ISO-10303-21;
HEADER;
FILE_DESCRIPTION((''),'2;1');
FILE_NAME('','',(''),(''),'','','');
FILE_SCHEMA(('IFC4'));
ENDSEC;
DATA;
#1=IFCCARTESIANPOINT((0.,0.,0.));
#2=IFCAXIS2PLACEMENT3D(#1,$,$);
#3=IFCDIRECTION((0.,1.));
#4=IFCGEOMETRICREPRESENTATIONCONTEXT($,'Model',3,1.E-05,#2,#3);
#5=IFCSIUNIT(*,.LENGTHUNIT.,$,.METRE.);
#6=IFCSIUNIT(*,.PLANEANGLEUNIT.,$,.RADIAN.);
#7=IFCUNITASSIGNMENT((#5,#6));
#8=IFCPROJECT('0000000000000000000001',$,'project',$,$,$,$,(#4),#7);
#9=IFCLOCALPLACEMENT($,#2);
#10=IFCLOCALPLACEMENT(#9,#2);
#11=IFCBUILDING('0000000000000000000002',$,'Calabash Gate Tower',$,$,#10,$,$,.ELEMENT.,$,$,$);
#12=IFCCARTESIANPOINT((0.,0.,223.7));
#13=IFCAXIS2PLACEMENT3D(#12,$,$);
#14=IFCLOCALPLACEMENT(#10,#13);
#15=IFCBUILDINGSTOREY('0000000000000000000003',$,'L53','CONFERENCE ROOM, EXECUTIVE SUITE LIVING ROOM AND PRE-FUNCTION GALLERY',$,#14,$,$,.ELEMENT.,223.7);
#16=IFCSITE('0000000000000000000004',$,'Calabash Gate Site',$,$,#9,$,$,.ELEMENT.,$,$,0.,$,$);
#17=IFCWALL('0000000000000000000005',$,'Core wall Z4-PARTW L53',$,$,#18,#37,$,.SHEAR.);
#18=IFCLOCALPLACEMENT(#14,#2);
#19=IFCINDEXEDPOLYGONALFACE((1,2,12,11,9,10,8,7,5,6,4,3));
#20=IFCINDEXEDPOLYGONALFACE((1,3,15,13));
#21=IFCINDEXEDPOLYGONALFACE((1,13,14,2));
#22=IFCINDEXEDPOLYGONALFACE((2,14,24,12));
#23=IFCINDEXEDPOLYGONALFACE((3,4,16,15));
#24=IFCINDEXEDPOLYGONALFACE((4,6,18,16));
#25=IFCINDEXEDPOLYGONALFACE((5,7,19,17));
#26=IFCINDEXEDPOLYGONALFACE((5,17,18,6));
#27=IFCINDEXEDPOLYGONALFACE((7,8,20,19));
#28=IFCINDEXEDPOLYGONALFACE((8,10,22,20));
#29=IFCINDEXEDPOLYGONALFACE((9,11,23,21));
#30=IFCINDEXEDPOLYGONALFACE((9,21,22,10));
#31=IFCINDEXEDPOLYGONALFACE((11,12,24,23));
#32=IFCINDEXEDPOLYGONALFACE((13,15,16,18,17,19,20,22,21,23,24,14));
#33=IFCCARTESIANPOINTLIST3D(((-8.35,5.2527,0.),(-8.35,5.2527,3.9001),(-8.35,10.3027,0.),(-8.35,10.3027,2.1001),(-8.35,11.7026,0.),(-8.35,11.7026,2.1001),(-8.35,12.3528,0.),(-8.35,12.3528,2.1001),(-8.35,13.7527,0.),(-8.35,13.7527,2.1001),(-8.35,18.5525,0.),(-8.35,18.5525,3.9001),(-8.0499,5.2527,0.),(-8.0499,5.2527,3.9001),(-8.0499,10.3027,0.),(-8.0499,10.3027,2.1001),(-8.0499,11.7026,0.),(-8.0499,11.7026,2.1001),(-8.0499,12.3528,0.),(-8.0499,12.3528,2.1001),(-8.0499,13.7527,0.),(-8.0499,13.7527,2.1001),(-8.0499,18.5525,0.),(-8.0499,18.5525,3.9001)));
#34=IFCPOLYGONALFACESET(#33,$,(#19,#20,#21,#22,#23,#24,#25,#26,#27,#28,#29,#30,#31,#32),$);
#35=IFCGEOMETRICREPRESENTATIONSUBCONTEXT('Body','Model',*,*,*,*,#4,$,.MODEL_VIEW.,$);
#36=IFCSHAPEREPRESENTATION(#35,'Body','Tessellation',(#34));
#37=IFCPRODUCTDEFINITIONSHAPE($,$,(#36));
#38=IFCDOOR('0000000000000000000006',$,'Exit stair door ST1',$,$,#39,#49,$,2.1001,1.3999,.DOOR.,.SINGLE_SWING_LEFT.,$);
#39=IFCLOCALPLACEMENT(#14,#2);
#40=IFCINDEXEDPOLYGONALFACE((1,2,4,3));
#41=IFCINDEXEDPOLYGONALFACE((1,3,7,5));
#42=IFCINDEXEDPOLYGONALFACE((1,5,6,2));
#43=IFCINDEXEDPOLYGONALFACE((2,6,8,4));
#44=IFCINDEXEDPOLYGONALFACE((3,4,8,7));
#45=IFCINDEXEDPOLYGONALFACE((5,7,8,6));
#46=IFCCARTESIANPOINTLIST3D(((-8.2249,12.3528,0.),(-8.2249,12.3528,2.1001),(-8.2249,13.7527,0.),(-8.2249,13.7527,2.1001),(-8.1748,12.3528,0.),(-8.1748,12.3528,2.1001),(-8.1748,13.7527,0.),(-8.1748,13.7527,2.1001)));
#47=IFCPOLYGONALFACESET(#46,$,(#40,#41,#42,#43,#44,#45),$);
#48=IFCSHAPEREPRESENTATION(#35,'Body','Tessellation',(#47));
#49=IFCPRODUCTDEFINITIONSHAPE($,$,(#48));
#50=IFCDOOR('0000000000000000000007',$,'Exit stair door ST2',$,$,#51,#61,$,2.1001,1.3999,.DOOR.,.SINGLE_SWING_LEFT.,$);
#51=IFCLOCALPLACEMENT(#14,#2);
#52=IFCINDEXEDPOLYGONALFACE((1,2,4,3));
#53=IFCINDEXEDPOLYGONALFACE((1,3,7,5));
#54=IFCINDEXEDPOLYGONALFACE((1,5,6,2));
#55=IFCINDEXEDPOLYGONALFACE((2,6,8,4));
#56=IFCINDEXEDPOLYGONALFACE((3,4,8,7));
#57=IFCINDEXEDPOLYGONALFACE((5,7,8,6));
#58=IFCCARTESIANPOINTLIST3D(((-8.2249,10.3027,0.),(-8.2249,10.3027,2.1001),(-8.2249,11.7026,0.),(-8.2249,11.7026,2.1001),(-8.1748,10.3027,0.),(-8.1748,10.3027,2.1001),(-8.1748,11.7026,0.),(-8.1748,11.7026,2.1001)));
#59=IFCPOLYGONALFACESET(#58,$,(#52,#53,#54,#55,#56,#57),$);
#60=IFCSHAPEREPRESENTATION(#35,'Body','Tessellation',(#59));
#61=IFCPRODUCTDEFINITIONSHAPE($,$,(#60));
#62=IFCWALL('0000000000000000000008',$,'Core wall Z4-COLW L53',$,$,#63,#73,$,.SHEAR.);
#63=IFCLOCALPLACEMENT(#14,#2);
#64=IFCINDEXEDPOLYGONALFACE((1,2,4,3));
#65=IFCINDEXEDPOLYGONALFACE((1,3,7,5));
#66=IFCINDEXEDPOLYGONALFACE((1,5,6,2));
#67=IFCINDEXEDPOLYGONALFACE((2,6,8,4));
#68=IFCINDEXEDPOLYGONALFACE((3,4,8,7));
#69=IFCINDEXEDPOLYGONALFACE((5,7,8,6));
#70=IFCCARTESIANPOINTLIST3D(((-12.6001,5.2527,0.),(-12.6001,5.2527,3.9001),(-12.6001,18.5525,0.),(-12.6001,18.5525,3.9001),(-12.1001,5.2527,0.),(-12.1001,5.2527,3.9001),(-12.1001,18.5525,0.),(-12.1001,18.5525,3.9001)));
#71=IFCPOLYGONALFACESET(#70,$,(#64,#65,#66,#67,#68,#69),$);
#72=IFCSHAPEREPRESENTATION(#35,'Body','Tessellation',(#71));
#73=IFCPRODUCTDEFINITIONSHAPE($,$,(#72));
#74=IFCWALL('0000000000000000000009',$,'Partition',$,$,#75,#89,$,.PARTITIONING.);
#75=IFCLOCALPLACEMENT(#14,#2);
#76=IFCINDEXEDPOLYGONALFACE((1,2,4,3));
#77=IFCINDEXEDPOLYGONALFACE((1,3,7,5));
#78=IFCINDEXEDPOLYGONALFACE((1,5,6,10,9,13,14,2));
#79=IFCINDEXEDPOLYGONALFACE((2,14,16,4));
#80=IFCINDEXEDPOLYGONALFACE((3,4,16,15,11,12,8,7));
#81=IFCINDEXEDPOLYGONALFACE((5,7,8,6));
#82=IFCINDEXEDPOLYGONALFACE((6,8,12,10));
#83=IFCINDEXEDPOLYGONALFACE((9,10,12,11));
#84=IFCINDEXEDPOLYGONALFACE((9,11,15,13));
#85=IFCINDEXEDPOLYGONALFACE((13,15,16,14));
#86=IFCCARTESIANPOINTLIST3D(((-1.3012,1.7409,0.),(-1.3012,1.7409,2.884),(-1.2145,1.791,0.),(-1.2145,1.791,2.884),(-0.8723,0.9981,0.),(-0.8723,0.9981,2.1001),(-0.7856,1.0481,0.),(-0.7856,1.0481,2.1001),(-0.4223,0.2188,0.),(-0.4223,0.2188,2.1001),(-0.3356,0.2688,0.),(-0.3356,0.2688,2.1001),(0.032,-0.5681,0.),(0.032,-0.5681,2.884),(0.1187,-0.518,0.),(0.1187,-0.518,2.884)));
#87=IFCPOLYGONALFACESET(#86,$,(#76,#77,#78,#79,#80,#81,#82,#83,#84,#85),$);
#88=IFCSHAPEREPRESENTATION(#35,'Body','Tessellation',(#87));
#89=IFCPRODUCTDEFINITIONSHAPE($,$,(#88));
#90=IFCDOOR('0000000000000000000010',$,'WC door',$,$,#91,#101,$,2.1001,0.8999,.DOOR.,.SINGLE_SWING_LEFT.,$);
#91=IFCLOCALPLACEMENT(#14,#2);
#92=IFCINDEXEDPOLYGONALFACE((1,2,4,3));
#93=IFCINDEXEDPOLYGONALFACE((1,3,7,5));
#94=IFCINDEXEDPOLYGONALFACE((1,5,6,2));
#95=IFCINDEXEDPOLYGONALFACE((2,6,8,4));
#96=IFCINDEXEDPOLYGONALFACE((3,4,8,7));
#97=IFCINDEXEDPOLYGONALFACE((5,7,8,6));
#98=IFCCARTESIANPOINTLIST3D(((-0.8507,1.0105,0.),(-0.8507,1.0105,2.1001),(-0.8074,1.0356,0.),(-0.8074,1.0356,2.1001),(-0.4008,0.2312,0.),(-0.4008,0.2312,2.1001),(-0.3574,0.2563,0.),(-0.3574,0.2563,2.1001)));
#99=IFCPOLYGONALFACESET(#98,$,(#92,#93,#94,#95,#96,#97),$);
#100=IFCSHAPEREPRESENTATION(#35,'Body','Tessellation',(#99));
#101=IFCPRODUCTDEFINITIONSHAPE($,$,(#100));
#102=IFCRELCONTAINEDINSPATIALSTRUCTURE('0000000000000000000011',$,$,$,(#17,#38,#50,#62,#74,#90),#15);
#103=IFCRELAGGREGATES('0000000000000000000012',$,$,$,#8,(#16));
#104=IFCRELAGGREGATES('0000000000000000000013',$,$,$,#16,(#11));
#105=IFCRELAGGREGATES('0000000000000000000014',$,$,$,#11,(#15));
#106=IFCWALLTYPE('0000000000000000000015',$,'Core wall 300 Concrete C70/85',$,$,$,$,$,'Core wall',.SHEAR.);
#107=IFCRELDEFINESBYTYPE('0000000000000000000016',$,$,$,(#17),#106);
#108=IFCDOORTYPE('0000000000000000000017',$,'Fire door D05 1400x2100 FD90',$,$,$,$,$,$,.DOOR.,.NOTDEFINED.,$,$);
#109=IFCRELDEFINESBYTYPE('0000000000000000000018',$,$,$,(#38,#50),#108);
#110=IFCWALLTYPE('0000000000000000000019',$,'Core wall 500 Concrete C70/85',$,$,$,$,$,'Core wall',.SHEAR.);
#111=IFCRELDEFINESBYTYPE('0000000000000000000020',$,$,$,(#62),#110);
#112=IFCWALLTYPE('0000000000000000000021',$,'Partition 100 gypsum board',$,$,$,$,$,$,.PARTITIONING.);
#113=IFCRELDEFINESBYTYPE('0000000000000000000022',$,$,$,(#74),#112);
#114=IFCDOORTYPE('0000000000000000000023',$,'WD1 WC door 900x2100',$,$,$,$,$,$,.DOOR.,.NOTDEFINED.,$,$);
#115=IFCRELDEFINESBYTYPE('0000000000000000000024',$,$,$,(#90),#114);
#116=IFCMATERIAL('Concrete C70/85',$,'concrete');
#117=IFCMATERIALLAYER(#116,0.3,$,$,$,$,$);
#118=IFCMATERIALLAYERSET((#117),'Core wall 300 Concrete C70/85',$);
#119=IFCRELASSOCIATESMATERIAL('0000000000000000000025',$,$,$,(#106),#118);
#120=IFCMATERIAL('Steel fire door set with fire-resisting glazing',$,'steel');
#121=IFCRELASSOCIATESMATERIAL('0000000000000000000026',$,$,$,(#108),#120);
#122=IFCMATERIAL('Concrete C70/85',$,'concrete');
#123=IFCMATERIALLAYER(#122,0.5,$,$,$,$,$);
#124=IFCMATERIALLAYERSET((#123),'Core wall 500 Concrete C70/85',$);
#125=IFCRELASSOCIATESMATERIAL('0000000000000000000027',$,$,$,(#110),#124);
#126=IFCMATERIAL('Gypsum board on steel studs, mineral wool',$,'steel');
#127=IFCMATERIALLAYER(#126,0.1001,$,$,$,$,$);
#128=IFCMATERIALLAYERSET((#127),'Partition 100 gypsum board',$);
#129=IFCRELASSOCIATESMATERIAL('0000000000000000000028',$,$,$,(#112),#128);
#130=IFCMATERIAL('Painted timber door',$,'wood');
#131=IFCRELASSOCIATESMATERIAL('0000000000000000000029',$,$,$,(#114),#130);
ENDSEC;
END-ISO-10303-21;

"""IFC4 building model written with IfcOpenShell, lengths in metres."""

from ifc_helpers import new_model, si_unit, direction, frame, frame_2d, origin, place, context, subcontext, project, spatial, rectangle, extrude, material, layer, layer_set, type_object, element, fill, save


model = new_model("IFC4")

# Units and contexts
model_context = context("Model", 3, precision=1e-05, world=origin(), true_north=direction((0.0, 1.0)))
body_context = subcontext(model_context, "Body", "Model", "MODEL_VIEW")
ifc_project = project(units=[si_unit("LENGTHUNIT", "METRE"), si_unit("PLANEANGLEUNIT", "RADIAN")], contexts=[model_context])

# Site, building, storey
site_placement = place(None, origin())
site = spatial("IfcSite", under=ifc_project, at=site_placement, Name="Calabash Gate Site", CompositionType="ELEMENT", RefElevation=0.0)
building_placement = place(site_placement, origin())
building = spatial("IfcBuilding", under=site, at=building_placement, Name="Calabash Gate Tower", CompositionType="ELEMENT")
storey_placement = place(building_placement, frame((0.0, 0.0, 223.7)))
storey = spatial("IfcBuildingStorey", under=building, at=storey_placement, Name="L53", Description="CONFERENCE ROOM, EXECUTIVE SUITE LIVING ROOM AND PRE-FUNCTION GALLERY", CompositionType="ELEMENT", Elevation=223.7)

# Wall, openings, doors
ifc_material_1 = material(Name="Concrete C70/85", Category="concrete")
ifc_layer_1 = layer(ifc_material_1, 0.3)
ifc_layer_set_1 = layer_set([ifc_layer_1], Name="Core wall 300 Concrete C70/85")
wall_type_1 = type_object("IfcWallType", Name="Core wall 300 Concrete C70/85", ElementType="Core wall", PredefinedType="SHEAR", material=ifc_layer_set_1)
wall_1_placement = place(storey_placement, frame((-8.2, 5.2527, 0.0), z_axis=(0.0, 0.0, 1.0), x_axis=(0.0, 1.0, 0.0)))
wall_1 = element("IfcWall", 1, at=wall_1_placement, inside=storey, type_object=wall_type_1, Name="Core wall Z4-PARTW L53", PredefinedType="SHEAR", context=body_context, shape_type="SweptSolid", body=[
    extrude(rectangle(XDim=13.2998, YDim=0.3, at=frame_2d((6.6499, 0.0))), origin(), (0.0, 0.0, 1.0), 3.9001),
])
opening_1_placement = place(wall_1_placement, frame((7.1001, 0.0, 0.0)))
opening_1 = element("IfcOpeningElement", 2, at=opening_1_placement, cuts=wall_1, PredefinedType="OPENING", context=body_context, shape_type="SweptSolid", body=[
    extrude(rectangle(XDim=1.3999, YDim=2.1001, at=frame_2d((0.7, 1.05))), frame((0.0, 0.1599, 0.0), z_axis=(0.0, -1.0, 0.0), x_axis=(1.0, 0.0, 0.0)), (0.0, 0.0, 1.0), 0.3201),
])
opening_2_placement = place(wall_1_placement, frame((5.05, 0.0, 0.0)))
opening_2 = element("IfcOpeningElement", 3, at=opening_2_placement, cuts=wall_1, PredefinedType="OPENING", context=body_context, shape_type="SweptSolid", body=[
    extrude(rectangle(XDim=1.3999, YDim=2.1001, at=frame_2d((0.7, 1.05))), frame((0.0, 0.1599, 0.0), z_axis=(0.0, -1.0, 0.0), x_axis=(1.0, 0.0, 0.0)), (0.0, 0.0, 1.0), 0.3201),
])
ifc_material_2 = material(Name="Steel fire door set with fire-resisting glazing", Category="steel")
door_type_1 = type_object("IfcDoorType", Name="Fire door D05 1400x2100 FD90", OperationType="NOTDEFINED", PredefinedType="DOOR", material=ifc_material_2)
door_1_placement = place(opening_1_placement, origin())
door_1 = element("IfcDoor", 4, at=door_1_placement, inside=storey, type_object=door_type_1, Name="Exit stair door ST1", OperationType="SINGLE_SWING_LEFT", OverallHeight=2.1001, OverallWidth=1.3999, PredefinedType="DOOR", context=body_context, shape_type="SweptSolid", body=[
    extrude(rectangle(XDim=1.3999, YDim=2.1001, at=frame_2d((0.7, 1.05))), frame((0.0, 0.0249, 0.0), z_axis=(0.0, -1.0, 0.0), x_axis=(1.0, 0.0, 0.0)), (0.0, 0.0, 1.0), 0.05),
])
fill(opening_1, door_1)
door_2_placement = place(opening_2_placement, origin())
door_2 = element("IfcDoor", 5, at=door_2_placement, inside=storey, type_object=door_type_1, Name="Exit stair door ST2", OperationType="SINGLE_SWING_LEFT", OverallHeight=2.1001, OverallWidth=1.3999, PredefinedType="DOOR", context=body_context, shape_type="SweptSolid", body=[
    extrude(rectangle(XDim=1.3999, YDim=2.1001, at=frame_2d((0.7, 1.05))), frame((0.0, 0.0249, 0.0), z_axis=(0.0, -1.0, 0.0), x_axis=(1.0, 0.0, 0.0)), (0.0, 0.0, 1.0), 0.05),
])
fill(opening_2, door_2)

# Wall
ifc_material_3 = material(Name="Concrete C70/85", Category="concrete")
ifc_layer_2 = layer(ifc_material_3, 0.5)
ifc_layer_set_2 = layer_set([ifc_layer_2], Name="Core wall 500 Concrete C70/85")
wall_type_2 = type_object("IfcWallType", Name="Core wall 500 Concrete C70/85", ElementType="Core wall", PredefinedType="SHEAR", material=ifc_layer_set_2)
wall_2_placement = place(storey_placement, frame((-12.3501, 5.2527, 0.0), z_axis=(0.0, 0.0, 1.0), x_axis=(0.0, 1.0, 0.0)))
element("IfcWall", 6, at=wall_2_placement, inside=storey, type_object=wall_type_2, Name="Core wall Z4-COLW L53", PredefinedType="SHEAR", context=body_context, shape_type="SweptSolid", body=[
    extrude(rectangle(XDim=13.2998, YDim=0.5, at=frame_2d((6.6499, 0.0))), origin(), (0.0, 0.0, 1.0), 3.9001),
])

# Wall, opening, door
ifc_material_4 = material(Name="Gypsum board on steel studs, mineral wool", Category="steel")
ifc_layer_3 = layer(ifc_material_4, 0.1001)
ifc_layer_set_3 = layer_set([ifc_layer_3], Name="Partition 100 gypsum board")
wall_type_3 = type_object("IfcWallType", Name="Partition 100 gypsum board", PredefinedType="PARTITIONING", material=ifc_layer_set_3)
wall_3_placement = place(storey_placement, frame((-1.2578, 1.7659, 0.0), z_axis=(0.0, 0.0, 1.0), x_axis=(0.500029, -0.866009, 0.0)))
wall_3 = element("IfcWall", 7, at=wall_3_placement, inside=storey, type_object=wall_type_3, Name="Partition", PredefinedType="PARTITIONING", context=body_context, shape_type="SweptSolid", body=[
    extrude(rectangle(XDim=2.6663, YDim=0.1001, at=frame_2d((1.333, 0.0))), origin(), (0.0, 0.0, 1.0), 2.884),
])
opening_3_placement = place(wall_3_placement, frame((0.8577, 0.0, 0.0)))
opening_3 = element("IfcOpeningElement", 8, at=opening_3_placement, cuts=wall_3, PredefinedType="OPENING", context=body_context, shape_type="SweptSolid", body=[
    extrude(rectangle(XDim=0.8999, YDim=2.1001, at=frame_2d((0.45, 1.05))), frame((0.0, 0.0601, 0.0), z_axis=(0.0, -1.0, 0.0), x_axis=(1.0, 0.0, 0.0)), (0.0, 0.0, 1.0), 0.1201),
])
ifc_material_5 = material(Name="Painted timber door", Category="wood")
door_type_2 = type_object("IfcDoorType", Name="WD1 WC door 900x2100", OperationType="NOTDEFINED", PredefinedType="DOOR", material=ifc_material_5)
door_3_placement = place(opening_3_placement, origin())
door_3 = element("IfcDoor", 9, at=door_3_placement, inside=storey, type_object=door_type_2, Name="WC door", OperationType="SINGLE_SWING_LEFT", OverallHeight=2.1001, OverallWidth=0.8999, PredefinedType="DOOR", context=body_context, shape_type="SweptSolid", body=[
    extrude(rectangle(XDim=0.8999, YDim=2.1001, at=frame_2d((0.45, 1.05))), frame((0.0, 0.0249, 0.0), z_axis=(0.0, -1.0, 0.0), x_axis=(1.0, 0.0, 0.0)), (0.0, 0.0, 1.0), 0.05),
])
fill(opening_3, door_3)

save(model, "model.ifc")
